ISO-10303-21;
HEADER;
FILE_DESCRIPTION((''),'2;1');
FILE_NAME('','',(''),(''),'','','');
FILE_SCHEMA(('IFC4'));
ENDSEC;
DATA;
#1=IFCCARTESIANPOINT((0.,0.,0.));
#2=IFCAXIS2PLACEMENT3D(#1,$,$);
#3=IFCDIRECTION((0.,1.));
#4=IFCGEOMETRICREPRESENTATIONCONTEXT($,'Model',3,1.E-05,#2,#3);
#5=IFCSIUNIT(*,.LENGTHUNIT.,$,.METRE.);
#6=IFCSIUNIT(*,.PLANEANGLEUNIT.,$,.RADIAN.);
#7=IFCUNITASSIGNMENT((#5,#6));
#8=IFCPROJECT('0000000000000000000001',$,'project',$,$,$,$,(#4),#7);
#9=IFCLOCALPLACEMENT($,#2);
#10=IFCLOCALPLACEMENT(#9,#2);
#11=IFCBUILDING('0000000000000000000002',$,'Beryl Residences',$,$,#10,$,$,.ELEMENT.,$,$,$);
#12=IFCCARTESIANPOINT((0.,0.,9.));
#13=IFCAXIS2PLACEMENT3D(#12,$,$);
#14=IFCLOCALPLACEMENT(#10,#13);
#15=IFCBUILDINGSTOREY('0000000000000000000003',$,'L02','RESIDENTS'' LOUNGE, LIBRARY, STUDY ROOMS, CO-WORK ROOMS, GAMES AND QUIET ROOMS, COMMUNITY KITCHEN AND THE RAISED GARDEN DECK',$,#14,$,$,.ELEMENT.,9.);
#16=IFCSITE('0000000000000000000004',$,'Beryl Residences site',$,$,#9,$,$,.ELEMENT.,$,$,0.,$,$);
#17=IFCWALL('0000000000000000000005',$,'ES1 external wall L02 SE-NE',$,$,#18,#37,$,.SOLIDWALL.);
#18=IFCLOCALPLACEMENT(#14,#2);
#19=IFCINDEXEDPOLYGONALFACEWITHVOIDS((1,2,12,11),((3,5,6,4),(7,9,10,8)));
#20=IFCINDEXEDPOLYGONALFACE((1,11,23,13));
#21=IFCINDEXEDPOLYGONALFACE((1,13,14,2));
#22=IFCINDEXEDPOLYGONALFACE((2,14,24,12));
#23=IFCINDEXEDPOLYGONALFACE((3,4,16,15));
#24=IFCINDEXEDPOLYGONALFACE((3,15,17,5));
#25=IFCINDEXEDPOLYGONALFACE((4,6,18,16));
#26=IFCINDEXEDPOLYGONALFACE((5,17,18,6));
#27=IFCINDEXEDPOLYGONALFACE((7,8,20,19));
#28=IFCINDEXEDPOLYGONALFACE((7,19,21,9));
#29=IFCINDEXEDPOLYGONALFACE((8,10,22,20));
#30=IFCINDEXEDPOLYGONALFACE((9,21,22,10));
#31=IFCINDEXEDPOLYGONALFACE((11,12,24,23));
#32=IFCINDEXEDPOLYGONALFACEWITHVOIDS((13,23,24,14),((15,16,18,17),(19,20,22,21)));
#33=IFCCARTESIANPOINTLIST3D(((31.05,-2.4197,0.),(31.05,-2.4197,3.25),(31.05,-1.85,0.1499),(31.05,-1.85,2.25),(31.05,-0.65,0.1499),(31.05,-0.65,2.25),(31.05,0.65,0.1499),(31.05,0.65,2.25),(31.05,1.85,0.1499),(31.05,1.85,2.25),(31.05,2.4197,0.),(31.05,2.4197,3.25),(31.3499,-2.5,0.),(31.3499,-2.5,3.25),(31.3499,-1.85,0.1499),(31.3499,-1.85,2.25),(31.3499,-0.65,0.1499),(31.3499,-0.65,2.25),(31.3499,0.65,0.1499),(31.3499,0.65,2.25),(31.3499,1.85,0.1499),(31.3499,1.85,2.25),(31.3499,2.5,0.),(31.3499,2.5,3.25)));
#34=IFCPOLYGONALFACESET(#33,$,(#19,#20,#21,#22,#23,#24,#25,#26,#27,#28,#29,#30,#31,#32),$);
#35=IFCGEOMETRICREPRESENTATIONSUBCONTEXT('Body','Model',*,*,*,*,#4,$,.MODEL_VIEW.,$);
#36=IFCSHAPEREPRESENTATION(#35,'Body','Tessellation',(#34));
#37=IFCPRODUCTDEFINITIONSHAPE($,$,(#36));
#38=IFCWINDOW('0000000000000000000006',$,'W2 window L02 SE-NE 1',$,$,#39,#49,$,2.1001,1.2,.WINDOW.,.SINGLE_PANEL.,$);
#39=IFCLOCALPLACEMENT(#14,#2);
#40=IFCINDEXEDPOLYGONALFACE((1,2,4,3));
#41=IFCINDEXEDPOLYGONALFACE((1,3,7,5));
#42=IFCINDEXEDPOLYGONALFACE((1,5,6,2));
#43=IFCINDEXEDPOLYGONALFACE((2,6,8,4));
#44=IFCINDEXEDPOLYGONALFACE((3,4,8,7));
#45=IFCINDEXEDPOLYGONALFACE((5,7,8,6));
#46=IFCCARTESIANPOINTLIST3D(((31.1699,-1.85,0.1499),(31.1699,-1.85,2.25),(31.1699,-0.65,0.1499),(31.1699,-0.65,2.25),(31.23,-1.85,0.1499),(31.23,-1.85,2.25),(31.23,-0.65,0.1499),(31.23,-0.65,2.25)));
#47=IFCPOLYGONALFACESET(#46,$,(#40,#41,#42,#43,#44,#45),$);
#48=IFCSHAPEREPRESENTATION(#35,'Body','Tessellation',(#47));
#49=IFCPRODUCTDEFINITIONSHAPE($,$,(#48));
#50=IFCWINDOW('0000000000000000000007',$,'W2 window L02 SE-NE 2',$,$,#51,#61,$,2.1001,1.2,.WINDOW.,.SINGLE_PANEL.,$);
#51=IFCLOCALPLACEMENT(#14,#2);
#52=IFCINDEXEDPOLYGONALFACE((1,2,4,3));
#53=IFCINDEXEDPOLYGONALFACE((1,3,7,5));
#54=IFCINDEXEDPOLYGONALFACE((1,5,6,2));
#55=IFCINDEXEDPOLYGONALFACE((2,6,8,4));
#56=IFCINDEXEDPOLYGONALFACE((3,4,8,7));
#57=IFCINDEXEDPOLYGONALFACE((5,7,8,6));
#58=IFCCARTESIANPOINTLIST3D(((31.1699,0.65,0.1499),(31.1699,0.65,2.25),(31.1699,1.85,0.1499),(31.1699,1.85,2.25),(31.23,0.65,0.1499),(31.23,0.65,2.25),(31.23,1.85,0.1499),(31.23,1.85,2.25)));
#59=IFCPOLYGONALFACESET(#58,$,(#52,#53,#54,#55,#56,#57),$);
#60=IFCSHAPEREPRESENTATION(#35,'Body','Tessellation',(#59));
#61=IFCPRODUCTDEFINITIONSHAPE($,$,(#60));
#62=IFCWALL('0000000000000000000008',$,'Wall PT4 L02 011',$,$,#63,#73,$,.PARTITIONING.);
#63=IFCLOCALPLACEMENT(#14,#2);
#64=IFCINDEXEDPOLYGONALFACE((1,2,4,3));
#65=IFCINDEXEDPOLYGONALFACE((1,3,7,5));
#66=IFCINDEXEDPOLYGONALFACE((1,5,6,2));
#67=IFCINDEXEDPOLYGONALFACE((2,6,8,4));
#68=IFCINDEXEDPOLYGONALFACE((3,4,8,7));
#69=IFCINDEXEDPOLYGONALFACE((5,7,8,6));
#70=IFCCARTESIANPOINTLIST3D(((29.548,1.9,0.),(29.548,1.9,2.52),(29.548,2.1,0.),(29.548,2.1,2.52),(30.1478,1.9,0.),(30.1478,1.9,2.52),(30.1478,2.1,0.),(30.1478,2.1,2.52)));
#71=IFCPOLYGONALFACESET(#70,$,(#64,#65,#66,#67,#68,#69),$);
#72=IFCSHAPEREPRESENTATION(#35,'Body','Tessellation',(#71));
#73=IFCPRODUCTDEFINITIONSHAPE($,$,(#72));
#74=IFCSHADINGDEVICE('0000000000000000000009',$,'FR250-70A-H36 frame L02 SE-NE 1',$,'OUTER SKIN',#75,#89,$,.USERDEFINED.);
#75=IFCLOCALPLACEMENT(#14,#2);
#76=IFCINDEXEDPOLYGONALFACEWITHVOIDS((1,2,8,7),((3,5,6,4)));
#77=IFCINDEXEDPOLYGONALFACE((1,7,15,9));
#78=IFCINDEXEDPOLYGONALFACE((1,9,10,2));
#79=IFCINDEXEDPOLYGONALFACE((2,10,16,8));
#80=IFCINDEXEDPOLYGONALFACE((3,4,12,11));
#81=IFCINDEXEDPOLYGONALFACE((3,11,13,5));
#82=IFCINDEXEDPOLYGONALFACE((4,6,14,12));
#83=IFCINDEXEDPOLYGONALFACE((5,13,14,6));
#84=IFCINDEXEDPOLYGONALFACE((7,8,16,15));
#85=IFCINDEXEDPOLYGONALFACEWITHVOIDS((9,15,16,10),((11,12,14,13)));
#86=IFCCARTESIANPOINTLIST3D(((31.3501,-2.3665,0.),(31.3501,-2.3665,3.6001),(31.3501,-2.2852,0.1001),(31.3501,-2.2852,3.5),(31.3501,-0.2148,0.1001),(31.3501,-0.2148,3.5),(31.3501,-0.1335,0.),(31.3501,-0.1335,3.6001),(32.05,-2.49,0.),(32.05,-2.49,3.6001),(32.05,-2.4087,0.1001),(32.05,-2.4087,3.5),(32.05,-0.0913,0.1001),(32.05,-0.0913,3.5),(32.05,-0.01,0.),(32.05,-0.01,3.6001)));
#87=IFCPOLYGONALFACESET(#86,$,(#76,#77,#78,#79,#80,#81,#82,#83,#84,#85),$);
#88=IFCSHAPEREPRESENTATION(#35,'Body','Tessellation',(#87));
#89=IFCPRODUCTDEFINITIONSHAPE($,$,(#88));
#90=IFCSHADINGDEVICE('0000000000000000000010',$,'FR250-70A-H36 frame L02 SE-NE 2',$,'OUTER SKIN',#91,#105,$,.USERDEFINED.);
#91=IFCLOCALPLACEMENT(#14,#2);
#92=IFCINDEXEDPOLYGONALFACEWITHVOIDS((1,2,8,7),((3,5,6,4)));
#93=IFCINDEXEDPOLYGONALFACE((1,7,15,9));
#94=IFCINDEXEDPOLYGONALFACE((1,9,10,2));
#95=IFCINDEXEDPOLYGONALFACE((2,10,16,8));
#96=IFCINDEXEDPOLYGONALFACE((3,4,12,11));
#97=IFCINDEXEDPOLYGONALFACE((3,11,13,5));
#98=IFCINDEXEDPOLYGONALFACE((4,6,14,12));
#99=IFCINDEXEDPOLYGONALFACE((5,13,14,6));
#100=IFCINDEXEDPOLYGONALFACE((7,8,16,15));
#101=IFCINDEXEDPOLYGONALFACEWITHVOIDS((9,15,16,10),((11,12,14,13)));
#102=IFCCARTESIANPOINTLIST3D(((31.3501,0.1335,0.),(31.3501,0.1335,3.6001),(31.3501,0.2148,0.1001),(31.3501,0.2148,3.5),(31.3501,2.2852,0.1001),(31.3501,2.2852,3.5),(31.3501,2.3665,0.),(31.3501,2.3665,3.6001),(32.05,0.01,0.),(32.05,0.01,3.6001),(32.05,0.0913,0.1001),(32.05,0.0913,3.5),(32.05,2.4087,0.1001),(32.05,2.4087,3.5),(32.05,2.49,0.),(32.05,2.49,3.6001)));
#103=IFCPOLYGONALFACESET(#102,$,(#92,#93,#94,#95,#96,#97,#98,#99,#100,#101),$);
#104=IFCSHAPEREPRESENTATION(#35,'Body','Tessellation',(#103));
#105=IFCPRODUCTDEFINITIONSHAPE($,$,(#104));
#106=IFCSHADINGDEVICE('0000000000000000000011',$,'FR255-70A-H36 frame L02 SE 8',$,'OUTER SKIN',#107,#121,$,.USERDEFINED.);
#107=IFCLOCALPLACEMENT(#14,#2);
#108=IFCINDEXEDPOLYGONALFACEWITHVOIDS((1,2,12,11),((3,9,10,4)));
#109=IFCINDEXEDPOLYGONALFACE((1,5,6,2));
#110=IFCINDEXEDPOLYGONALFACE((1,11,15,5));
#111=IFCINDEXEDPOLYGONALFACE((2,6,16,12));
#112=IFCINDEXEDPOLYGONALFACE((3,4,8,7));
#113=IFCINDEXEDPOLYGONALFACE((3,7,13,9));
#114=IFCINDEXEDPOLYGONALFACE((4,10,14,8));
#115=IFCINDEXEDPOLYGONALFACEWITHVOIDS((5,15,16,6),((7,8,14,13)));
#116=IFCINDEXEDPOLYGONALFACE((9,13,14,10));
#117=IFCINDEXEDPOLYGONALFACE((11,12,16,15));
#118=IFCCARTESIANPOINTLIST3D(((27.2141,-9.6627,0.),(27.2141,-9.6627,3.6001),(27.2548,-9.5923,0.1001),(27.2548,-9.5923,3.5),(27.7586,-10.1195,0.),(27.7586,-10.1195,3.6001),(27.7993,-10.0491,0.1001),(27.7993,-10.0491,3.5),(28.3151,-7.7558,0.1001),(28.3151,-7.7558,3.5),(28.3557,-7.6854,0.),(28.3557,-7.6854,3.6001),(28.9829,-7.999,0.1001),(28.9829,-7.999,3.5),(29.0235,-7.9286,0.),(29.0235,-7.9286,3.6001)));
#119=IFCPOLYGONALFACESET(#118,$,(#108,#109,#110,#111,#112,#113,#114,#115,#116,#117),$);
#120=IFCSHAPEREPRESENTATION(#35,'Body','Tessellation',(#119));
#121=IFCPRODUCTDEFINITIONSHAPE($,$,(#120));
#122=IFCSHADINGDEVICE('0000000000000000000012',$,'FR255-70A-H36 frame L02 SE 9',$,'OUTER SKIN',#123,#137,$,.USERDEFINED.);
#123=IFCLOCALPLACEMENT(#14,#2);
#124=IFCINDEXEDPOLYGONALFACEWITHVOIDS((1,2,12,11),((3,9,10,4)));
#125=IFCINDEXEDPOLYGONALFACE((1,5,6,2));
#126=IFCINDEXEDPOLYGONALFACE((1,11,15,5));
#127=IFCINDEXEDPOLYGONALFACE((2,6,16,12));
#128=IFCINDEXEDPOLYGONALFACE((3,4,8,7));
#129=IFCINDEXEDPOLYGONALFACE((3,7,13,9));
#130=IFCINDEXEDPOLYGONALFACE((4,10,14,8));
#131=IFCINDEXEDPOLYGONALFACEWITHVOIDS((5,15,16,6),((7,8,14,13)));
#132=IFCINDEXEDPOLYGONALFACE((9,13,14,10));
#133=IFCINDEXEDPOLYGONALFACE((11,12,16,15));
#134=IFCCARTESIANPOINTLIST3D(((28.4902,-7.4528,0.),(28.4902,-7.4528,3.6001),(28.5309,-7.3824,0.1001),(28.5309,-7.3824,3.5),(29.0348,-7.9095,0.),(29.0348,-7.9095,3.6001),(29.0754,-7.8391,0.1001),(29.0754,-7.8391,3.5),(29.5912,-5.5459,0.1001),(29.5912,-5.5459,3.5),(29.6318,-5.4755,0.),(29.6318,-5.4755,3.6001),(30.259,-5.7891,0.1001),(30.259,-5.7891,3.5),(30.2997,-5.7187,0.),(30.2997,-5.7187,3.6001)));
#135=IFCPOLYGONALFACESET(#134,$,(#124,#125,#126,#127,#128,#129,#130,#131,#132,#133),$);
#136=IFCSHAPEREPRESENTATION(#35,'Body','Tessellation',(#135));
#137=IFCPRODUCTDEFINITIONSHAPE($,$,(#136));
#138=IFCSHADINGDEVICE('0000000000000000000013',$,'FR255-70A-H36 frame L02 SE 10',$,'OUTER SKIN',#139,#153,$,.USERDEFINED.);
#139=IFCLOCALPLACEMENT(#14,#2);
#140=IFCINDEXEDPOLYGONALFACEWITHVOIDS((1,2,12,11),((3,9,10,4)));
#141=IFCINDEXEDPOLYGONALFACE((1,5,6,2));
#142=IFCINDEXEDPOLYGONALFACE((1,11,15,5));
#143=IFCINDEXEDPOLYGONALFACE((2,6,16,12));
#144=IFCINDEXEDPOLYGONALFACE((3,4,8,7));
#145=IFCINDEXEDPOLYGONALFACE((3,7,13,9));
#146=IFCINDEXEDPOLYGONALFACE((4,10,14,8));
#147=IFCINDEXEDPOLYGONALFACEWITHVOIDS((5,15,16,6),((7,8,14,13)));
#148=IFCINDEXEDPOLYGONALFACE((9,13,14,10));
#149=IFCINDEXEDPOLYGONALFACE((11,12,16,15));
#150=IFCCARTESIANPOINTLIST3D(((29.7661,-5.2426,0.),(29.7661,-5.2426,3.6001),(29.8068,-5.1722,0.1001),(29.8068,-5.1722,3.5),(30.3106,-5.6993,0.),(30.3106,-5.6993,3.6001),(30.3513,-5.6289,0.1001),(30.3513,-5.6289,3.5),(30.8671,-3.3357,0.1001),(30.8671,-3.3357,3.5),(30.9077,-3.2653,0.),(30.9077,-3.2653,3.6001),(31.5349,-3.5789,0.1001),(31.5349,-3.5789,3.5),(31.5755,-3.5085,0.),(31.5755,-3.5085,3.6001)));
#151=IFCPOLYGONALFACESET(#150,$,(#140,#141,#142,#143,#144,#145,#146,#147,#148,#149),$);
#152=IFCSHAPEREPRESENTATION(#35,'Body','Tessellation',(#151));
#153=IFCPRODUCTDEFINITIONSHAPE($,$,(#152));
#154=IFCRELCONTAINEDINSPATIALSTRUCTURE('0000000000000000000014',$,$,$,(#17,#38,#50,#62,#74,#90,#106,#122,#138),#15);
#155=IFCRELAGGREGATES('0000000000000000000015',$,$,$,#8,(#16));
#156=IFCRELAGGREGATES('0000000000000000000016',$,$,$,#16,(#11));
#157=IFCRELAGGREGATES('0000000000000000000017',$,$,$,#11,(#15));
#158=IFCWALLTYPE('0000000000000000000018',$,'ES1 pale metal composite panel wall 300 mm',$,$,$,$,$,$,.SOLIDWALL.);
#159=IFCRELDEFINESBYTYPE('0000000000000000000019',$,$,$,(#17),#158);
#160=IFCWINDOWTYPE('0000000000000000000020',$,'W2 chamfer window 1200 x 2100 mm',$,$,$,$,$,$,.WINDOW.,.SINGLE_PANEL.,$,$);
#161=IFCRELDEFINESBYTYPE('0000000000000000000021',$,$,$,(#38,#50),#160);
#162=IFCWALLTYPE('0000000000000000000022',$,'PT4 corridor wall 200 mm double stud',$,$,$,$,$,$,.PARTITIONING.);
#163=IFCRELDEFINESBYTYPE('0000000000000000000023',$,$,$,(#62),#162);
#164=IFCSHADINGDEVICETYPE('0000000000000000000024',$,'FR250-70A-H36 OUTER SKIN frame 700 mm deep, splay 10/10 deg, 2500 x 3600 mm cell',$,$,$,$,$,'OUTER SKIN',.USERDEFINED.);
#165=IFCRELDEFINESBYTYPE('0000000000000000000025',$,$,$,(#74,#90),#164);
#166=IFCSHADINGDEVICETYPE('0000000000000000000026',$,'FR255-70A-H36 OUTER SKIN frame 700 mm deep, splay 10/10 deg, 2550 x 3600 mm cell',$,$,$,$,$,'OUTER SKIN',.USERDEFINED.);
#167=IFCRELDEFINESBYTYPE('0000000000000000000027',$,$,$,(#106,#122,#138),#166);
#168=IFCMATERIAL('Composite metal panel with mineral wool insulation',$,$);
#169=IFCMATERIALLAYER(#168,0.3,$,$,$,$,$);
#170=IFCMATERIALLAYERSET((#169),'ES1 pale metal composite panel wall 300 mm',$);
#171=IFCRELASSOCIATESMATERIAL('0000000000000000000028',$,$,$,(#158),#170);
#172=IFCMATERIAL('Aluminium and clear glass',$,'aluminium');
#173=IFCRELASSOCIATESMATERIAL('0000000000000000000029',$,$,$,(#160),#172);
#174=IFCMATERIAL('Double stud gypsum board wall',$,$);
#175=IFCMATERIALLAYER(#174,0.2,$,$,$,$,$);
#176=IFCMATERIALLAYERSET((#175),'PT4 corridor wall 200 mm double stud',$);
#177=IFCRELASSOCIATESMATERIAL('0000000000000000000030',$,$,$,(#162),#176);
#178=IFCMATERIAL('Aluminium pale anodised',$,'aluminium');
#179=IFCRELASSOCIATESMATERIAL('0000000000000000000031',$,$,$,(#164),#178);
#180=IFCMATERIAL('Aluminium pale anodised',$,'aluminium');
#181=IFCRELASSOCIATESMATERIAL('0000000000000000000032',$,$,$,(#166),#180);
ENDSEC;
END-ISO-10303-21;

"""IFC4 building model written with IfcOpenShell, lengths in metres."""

from ifc_helpers import new_model, entity, si_unit, direction, frame, frame_2d, origin, place, context, subcontext, project, spatial, polyline, rectangle, outline, extrude, source, transform, mapped, material, layer, layer_set, type_object, type_shapes, element, fill, save


model = new_model("IFC4")

# Units and contexts
model_context = context("Model", 3, precision=1e-05, world=origin(), true_north=direction((0.0, 1.0)))
body_context = subcontext(model_context, "Body", "Model", "MODEL_VIEW")
ifc_project = project(units=[si_unit("LENGTHUNIT", "METRE"), si_unit("PLANEANGLEUNIT", "RADIAN")], contexts=[model_context])

# Site, building, storey
site_placement = place(None, origin())
site = spatial("IfcSite", under=ifc_project, at=site_placement, Name="Beryl Residences site", CompositionType="ELEMENT", RefElevation=0.0)
building_placement = place(site_placement, origin())
building = spatial("IfcBuilding", under=site, at=building_placement, Name="Beryl Residences", CompositionType="ELEMENT")
storey_placement = place(building_placement, frame((0.0, 0.0, 9.0)))
storey = spatial("IfcBuildingStorey", under=building, at=storey_placement, Name="L02", Description="RESIDENTS' LOUNGE, LIBRARY, STUDY ROOMS, CO-WORK ROOMS, GAMES AND QUIET ROOMS, COMMUNITY KITCHEN AND THE RAISED GARDEN DECK", CompositionType="ELEMENT", Elevation=9.0)

# Wall, openings, windows
ifc_material_1 = material(Name="Composite metal panel with mineral wool insulation")
ifc_layer_1 = layer(ifc_material_1, 0.3)
ifc_layer_set_1 = layer_set([ifc_layer_1], Name="ES1 pale metal composite panel wall 300 mm")
wall_type_1 = type_object("IfcWallType", Name="ES1 pale metal composite panel wall 300 mm", PredefinedType="SOLIDWALL", material=ifc_layer_set_1)
wall_1_placement = place(storey_placement, frame((31.2, -2.5, 0.0), z_axis=(0.0, 0.0, 1.0), x_axis=(0.0, 1.0, 0.0)))
wall_1 = element("IfcWall", 1, at=wall_1_placement, inside=storey, type_object=wall_type_1, Name="ES1 external wall L02 SE-NE", PredefinedType="SOLIDWALL", context=body_context, shape_type="SweptSolid", body=[
    extrude(outline(polyline([(0.0, -0.1499), (5.0, -0.1499), (4.9197, 0.1499), (0.0803, 0.1499), (0.0, -0.1499)])), origin(), (0.0, 0.0, 1.0), 3.25),
])
opening_1_placement = place(wall_1_placement, frame((0.6499, 0.0, 0.1499)))
opening_1 = element("IfcOpeningElement", 2, at=opening_1_placement, cuts=wall_1, PredefinedType="OPENING", context=body_context, shape_type="SweptSolid", body=[
    extrude(rectangle(XDim=1.2, YDim=2.1001, at=frame_2d((0.6001, 1.05))), frame((0.0, 0.1599, 0.0), z_axis=(0.0, -1.0, 0.0), x_axis=(1.0, 0.0, 0.0)), (0.0, 0.0, 1.0), 0.3201),
])
opening_2_placement = place(wall_1_placement, frame((3.1499, 0.0, 0.1499)))
opening_2 = element("IfcOpeningElement", 3, at=opening_2_placement, cuts=wall_1, PredefinedType="OPENING", context=body_context, shape_type="SweptSolid", body=[
    extrude(rectangle(XDim=1.2, YDim=2.1001, at=frame_2d((0.6001, 1.05))), frame((0.0, 0.1599, 0.0), z_axis=(0.0, -1.0, 0.0), x_axis=(1.0, 0.0, 0.0)), (0.0, 0.0, 1.0), 0.3201),
])
ifc_material_2 = material(Name="Aluminium and clear glass", Category="aluminium")
window_type = type_object("IfcWindowType", Name="W2 chamfer window 1200 x 2100 mm", PartitioningType="SINGLE_PANEL", PredefinedType="WINDOW", material=ifc_material_2)
window_1_placement = place(opening_1_placement, origin())
window_1 = element("IfcWindow", 4, at=window_1_placement, inside=storey, type_object=window_type, Name="W2 window L02 SE-NE 1", OverallHeight=2.1001, OverallWidth=1.2, PartitioningType="SINGLE_PANEL", PredefinedType="WINDOW", context=body_context, shape_type="SweptSolid", body=[
    extrude(rectangle(XDim=1.2, YDim=2.1001, at=frame_2d((0.6001, 1.05))), frame((0.0, 0.03, 0.0), z_axis=(0.0, -1.0, 0.0), x_axis=(1.0, 0.0, 0.0)), (0.0, 0.0, 1.0), 0.0601),
])
fill(opening_1, window_1)
window_2_placement = place(opening_2_placement, origin())
window_2 = element("IfcWindow", 5, at=window_2_placement, inside=storey, type_object=window_type, Name="W2 window L02 SE-NE 2", OverallHeight=2.1001, OverallWidth=1.2, PartitioningType="SINGLE_PANEL", PredefinedType="WINDOW", context=body_context, shape_type="SweptSolid", body=[
    extrude(rectangle(XDim=1.2, YDim=2.1001, at=frame_2d((0.6001, 1.05))), frame((0.0, 0.03, 0.0), z_axis=(0.0, -1.0, 0.0), x_axis=(1.0, 0.0, 0.0)), (0.0, 0.0, 1.0), 0.0601),
])
fill(opening_2, window_2)

# Wall
ifc_material_3 = material(Name="Double stud gypsum board wall")
ifc_layer_2 = layer(ifc_material_3, 0.2)
ifc_layer_set_2 = layer_set([ifc_layer_2], Name="PT4 corridor wall 200 mm double stud")
wall_type_2 = type_object("IfcWallType", Name="PT4 corridor wall 200 mm double stud", PredefinedType="PARTITIONING", material=ifc_layer_set_2)
wall_2_placement = place(storey_placement, frame((29.5481, 2.0, 0.0), z_axis=(0.0, 0.0, 1.0), x_axis=(1.0, 0.0, 0.0)))
element("IfcWall", 6, at=wall_2_placement, inside=storey, type_object=wall_type_2, Name="Wall PT4 L02 011", PredefinedType="PARTITIONING", context=body_context, shape_type="SweptSolid", body=[
    extrude(rectangle(XDim=0.5999, YDim=0.2, at=frame_2d((0.2998, 0.0))), origin(), (0.0, 0.0, 1.0), 2.52),
])

# Shading devices
ifc_material_4 = material(Name="Aluminium pale anodised", Category="aluminium")
shading_device_type_1 = type_object("IfcShadingDeviceType", Name="FR250-70A-H36 OUTER SKIN frame 700 mm deep, splay 10/10 deg, 2500 x 3600 mm cell", ElementType="OUTER SKIN", PredefinedType="USERDEFINED", material=ifc_material_4)
cartesian_point_1 = entity("IfcCartesianPoint", [-1.1165, 0.0])
cartesian_point_2 = entity("IfcCartesianPoint", [-1.0352, 0.1001])
cartesian_point_3 = entity("IfcCartesianPoint", [-1.24, 0.0])
cartesian_point_4 = entity("IfcCartesianPoint", [-1.1587, 0.1001])
shared_shape_1 = source(origin(), body_context, "Body", "SweptSolid", [
    entity("IfcExtrudedAreaSolidTapered", entity("IfcArbitraryProfileDefWithVoids", "AREA", None, entity("IfcPolyline", [cartesian_point_1, entity("IfcCartesianPoint", [1.1165, 0.0]), entity("IfcCartesianPoint", [1.1165, 3.6001]), entity("IfcCartesianPoint", [-1.1165, 3.6001]), cartesian_point_1]), [entity("IfcPolyline", [cartesian_point_2, entity("IfcCartesianPoint", [1.0352, 0.1001]), entity("IfcCartesianPoint", [1.0352, 3.5]), entity("IfcCartesianPoint", [-1.0352, 3.5]), cartesian_point_2])]), entity("IfcAxis2Placement3D", entity("IfcCartesianPoint", [0.0, 0.0, 0.0]), entity("IfcDirection", [0.0, 1.0, 0.0]), entity("IfcDirection", [-1.0, 0.0, 0.0])), entity("IfcDirection", [0.0, 0.0, 1.0]), 0.7, entity("IfcArbitraryProfileDefWithVoids", "AREA", None, entity("IfcPolyline", [cartesian_point_3, entity("IfcCartesianPoint", [1.24, 0.0]), entity("IfcCartesianPoint", [1.24, 3.6001]), entity("IfcCartesianPoint", [-1.24, 3.6001]), cartesian_point_3]), [entity("IfcPolyline", [cartesian_point_4, entity("IfcCartesianPoint", [1.1587, 0.1001]), entity("IfcCartesianPoint", [1.1587, 3.5]), entity("IfcCartesianPoint", [-1.1587, 3.5]), cartesian_point_4])])),
])
type_shapes(shading_device_type_1, [shared_shape_1])
for number, where, z_axis, x_axis, name in (
    (7, (31.3501, -1.25, 0.0), (0.0, 0.0, 1.0), (0.0, -1.0, 0.0), "FR250-70A-H36 frame L02 SE-NE 1"),
    (8, (31.3501, 1.25, 0.0), (0.0, 0.0, 1.0), (0.0, -1.0, 0.0), "FR250-70A-H36 frame L02 SE-NE 2"),
):
    element("IfcShadingDevice", number, at=place(storey_placement, frame(where, z_axis=z_axis, x_axis=x_axis)), inside=storey, type_object=shading_device_type_1, Name=name, ObjectType="OUTER SKIN", PredefinedType="USERDEFINED", context=body_context, shape_type="MappedRepresentation", body=[
        mapped(shared_shape_1, transform((0.0, 0.0, 0.0))),
    ])
ifc_material_5 = material(Name="Aluminium pale anodised", Category="aluminium")
shading_device_type_2 = type_object("IfcShadingDeviceType", Name="FR255-70A-H36 OUTER SKIN frame 700 mm deep, splay 10/10 deg, 2550 x 3600 mm cell", ElementType="OUTER SKIN", PredefinedType="USERDEFINED", material=ifc_material_5)
cartesian_point_5 = entity("IfcCartesianPoint", [-1.1416, 0.0])
cartesian_point_6 = entity("IfcCartesianPoint", [-1.0603, 0.1001])
cartesian_point_7 = entity("IfcCartesianPoint", [-1.2649, 0.0])
cartesian_point_8 = entity("IfcCartesianPoint", [-1.1836, 0.1001])
shared_shape_2 = source(origin(), body_context, "Body", "SweptSolid", [
    entity("IfcExtrudedAreaSolidTapered", entity("IfcArbitraryProfileDefWithVoids", "AREA", None, entity("IfcPolyline", [cartesian_point_5, entity("IfcCartesianPoint", [1.1416, 0.0]), entity("IfcCartesianPoint", [1.1416, 3.6001]), entity("IfcCartesianPoint", [-1.1416, 3.6001]), cartesian_point_5]), [entity("IfcPolyline", [cartesian_point_6, entity("IfcCartesianPoint", [1.0603, 0.1001]), entity("IfcCartesianPoint", [1.0603, 3.5]), entity("IfcCartesianPoint", [-1.0603, 3.5]), cartesian_point_6])]), entity("IfcAxis2Placement3D", entity("IfcCartesianPoint", [0.0, 0.0, 0.0]), entity("IfcDirection", [0.0, 1.0, 0.0]), entity("IfcDirection", [-1.0, 0.0, 0.0])), entity("IfcDirection", [0.0, 0.0, 1.0]), 0.7, entity("IfcArbitraryProfileDefWithVoids", "AREA", None, entity("IfcPolyline", [cartesian_point_7, entity("IfcCartesianPoint", [1.2649, 0.0]), entity("IfcCartesianPoint", [1.2649, 3.6001]), entity("IfcCartesianPoint", [-1.2649, 3.6001]), cartesian_point_7]), [entity("IfcPolyline", [cartesian_point_8, entity("IfcCartesianPoint", [1.1836, 0.1001]), entity("IfcCartesianPoint", [1.1836, 3.5]), entity("IfcCartesianPoint", [-1.1836, 3.5]), cartesian_point_8])])),
])
type_shapes(shading_device_type_2, [shared_shape_2])
for number, where, z_axis, x_axis, name in (
    (9, (27.7849, -8.6741, 0.0), (0.0, 0.0, 1.0), (-0.5, -0.866025, 0.0), "FR255-70A-H36 frame L02 SE 8"),
    (10, (29.061, -6.4641, 0.0), (0.0, 0.0, 1.0), (-0.5, -0.866025, 0.0), "FR255-70A-H36 frame L02 SE 9"),
    (11, (30.3369, -4.2539, 0.0), (0.0, 0.0, 1.0), (-0.5, -0.866025, 0.0), "FR255-70A-H36 frame L02 SE 10"),
):
    element("IfcShadingDevice", number, at=place(storey_placement, frame(where, z_axis=z_axis, x_axis=x_axis)), inside=storey, type_object=shading_device_type_2, Name=name, ObjectType="OUTER SKIN", PredefinedType="USERDEFINED", context=body_context, shape_type="MappedRepresentation", body=[
        mapped(shared_shape_2, transform((0.0, 0.0, 0.0))),
    ])

save(model, "model.ifc")
